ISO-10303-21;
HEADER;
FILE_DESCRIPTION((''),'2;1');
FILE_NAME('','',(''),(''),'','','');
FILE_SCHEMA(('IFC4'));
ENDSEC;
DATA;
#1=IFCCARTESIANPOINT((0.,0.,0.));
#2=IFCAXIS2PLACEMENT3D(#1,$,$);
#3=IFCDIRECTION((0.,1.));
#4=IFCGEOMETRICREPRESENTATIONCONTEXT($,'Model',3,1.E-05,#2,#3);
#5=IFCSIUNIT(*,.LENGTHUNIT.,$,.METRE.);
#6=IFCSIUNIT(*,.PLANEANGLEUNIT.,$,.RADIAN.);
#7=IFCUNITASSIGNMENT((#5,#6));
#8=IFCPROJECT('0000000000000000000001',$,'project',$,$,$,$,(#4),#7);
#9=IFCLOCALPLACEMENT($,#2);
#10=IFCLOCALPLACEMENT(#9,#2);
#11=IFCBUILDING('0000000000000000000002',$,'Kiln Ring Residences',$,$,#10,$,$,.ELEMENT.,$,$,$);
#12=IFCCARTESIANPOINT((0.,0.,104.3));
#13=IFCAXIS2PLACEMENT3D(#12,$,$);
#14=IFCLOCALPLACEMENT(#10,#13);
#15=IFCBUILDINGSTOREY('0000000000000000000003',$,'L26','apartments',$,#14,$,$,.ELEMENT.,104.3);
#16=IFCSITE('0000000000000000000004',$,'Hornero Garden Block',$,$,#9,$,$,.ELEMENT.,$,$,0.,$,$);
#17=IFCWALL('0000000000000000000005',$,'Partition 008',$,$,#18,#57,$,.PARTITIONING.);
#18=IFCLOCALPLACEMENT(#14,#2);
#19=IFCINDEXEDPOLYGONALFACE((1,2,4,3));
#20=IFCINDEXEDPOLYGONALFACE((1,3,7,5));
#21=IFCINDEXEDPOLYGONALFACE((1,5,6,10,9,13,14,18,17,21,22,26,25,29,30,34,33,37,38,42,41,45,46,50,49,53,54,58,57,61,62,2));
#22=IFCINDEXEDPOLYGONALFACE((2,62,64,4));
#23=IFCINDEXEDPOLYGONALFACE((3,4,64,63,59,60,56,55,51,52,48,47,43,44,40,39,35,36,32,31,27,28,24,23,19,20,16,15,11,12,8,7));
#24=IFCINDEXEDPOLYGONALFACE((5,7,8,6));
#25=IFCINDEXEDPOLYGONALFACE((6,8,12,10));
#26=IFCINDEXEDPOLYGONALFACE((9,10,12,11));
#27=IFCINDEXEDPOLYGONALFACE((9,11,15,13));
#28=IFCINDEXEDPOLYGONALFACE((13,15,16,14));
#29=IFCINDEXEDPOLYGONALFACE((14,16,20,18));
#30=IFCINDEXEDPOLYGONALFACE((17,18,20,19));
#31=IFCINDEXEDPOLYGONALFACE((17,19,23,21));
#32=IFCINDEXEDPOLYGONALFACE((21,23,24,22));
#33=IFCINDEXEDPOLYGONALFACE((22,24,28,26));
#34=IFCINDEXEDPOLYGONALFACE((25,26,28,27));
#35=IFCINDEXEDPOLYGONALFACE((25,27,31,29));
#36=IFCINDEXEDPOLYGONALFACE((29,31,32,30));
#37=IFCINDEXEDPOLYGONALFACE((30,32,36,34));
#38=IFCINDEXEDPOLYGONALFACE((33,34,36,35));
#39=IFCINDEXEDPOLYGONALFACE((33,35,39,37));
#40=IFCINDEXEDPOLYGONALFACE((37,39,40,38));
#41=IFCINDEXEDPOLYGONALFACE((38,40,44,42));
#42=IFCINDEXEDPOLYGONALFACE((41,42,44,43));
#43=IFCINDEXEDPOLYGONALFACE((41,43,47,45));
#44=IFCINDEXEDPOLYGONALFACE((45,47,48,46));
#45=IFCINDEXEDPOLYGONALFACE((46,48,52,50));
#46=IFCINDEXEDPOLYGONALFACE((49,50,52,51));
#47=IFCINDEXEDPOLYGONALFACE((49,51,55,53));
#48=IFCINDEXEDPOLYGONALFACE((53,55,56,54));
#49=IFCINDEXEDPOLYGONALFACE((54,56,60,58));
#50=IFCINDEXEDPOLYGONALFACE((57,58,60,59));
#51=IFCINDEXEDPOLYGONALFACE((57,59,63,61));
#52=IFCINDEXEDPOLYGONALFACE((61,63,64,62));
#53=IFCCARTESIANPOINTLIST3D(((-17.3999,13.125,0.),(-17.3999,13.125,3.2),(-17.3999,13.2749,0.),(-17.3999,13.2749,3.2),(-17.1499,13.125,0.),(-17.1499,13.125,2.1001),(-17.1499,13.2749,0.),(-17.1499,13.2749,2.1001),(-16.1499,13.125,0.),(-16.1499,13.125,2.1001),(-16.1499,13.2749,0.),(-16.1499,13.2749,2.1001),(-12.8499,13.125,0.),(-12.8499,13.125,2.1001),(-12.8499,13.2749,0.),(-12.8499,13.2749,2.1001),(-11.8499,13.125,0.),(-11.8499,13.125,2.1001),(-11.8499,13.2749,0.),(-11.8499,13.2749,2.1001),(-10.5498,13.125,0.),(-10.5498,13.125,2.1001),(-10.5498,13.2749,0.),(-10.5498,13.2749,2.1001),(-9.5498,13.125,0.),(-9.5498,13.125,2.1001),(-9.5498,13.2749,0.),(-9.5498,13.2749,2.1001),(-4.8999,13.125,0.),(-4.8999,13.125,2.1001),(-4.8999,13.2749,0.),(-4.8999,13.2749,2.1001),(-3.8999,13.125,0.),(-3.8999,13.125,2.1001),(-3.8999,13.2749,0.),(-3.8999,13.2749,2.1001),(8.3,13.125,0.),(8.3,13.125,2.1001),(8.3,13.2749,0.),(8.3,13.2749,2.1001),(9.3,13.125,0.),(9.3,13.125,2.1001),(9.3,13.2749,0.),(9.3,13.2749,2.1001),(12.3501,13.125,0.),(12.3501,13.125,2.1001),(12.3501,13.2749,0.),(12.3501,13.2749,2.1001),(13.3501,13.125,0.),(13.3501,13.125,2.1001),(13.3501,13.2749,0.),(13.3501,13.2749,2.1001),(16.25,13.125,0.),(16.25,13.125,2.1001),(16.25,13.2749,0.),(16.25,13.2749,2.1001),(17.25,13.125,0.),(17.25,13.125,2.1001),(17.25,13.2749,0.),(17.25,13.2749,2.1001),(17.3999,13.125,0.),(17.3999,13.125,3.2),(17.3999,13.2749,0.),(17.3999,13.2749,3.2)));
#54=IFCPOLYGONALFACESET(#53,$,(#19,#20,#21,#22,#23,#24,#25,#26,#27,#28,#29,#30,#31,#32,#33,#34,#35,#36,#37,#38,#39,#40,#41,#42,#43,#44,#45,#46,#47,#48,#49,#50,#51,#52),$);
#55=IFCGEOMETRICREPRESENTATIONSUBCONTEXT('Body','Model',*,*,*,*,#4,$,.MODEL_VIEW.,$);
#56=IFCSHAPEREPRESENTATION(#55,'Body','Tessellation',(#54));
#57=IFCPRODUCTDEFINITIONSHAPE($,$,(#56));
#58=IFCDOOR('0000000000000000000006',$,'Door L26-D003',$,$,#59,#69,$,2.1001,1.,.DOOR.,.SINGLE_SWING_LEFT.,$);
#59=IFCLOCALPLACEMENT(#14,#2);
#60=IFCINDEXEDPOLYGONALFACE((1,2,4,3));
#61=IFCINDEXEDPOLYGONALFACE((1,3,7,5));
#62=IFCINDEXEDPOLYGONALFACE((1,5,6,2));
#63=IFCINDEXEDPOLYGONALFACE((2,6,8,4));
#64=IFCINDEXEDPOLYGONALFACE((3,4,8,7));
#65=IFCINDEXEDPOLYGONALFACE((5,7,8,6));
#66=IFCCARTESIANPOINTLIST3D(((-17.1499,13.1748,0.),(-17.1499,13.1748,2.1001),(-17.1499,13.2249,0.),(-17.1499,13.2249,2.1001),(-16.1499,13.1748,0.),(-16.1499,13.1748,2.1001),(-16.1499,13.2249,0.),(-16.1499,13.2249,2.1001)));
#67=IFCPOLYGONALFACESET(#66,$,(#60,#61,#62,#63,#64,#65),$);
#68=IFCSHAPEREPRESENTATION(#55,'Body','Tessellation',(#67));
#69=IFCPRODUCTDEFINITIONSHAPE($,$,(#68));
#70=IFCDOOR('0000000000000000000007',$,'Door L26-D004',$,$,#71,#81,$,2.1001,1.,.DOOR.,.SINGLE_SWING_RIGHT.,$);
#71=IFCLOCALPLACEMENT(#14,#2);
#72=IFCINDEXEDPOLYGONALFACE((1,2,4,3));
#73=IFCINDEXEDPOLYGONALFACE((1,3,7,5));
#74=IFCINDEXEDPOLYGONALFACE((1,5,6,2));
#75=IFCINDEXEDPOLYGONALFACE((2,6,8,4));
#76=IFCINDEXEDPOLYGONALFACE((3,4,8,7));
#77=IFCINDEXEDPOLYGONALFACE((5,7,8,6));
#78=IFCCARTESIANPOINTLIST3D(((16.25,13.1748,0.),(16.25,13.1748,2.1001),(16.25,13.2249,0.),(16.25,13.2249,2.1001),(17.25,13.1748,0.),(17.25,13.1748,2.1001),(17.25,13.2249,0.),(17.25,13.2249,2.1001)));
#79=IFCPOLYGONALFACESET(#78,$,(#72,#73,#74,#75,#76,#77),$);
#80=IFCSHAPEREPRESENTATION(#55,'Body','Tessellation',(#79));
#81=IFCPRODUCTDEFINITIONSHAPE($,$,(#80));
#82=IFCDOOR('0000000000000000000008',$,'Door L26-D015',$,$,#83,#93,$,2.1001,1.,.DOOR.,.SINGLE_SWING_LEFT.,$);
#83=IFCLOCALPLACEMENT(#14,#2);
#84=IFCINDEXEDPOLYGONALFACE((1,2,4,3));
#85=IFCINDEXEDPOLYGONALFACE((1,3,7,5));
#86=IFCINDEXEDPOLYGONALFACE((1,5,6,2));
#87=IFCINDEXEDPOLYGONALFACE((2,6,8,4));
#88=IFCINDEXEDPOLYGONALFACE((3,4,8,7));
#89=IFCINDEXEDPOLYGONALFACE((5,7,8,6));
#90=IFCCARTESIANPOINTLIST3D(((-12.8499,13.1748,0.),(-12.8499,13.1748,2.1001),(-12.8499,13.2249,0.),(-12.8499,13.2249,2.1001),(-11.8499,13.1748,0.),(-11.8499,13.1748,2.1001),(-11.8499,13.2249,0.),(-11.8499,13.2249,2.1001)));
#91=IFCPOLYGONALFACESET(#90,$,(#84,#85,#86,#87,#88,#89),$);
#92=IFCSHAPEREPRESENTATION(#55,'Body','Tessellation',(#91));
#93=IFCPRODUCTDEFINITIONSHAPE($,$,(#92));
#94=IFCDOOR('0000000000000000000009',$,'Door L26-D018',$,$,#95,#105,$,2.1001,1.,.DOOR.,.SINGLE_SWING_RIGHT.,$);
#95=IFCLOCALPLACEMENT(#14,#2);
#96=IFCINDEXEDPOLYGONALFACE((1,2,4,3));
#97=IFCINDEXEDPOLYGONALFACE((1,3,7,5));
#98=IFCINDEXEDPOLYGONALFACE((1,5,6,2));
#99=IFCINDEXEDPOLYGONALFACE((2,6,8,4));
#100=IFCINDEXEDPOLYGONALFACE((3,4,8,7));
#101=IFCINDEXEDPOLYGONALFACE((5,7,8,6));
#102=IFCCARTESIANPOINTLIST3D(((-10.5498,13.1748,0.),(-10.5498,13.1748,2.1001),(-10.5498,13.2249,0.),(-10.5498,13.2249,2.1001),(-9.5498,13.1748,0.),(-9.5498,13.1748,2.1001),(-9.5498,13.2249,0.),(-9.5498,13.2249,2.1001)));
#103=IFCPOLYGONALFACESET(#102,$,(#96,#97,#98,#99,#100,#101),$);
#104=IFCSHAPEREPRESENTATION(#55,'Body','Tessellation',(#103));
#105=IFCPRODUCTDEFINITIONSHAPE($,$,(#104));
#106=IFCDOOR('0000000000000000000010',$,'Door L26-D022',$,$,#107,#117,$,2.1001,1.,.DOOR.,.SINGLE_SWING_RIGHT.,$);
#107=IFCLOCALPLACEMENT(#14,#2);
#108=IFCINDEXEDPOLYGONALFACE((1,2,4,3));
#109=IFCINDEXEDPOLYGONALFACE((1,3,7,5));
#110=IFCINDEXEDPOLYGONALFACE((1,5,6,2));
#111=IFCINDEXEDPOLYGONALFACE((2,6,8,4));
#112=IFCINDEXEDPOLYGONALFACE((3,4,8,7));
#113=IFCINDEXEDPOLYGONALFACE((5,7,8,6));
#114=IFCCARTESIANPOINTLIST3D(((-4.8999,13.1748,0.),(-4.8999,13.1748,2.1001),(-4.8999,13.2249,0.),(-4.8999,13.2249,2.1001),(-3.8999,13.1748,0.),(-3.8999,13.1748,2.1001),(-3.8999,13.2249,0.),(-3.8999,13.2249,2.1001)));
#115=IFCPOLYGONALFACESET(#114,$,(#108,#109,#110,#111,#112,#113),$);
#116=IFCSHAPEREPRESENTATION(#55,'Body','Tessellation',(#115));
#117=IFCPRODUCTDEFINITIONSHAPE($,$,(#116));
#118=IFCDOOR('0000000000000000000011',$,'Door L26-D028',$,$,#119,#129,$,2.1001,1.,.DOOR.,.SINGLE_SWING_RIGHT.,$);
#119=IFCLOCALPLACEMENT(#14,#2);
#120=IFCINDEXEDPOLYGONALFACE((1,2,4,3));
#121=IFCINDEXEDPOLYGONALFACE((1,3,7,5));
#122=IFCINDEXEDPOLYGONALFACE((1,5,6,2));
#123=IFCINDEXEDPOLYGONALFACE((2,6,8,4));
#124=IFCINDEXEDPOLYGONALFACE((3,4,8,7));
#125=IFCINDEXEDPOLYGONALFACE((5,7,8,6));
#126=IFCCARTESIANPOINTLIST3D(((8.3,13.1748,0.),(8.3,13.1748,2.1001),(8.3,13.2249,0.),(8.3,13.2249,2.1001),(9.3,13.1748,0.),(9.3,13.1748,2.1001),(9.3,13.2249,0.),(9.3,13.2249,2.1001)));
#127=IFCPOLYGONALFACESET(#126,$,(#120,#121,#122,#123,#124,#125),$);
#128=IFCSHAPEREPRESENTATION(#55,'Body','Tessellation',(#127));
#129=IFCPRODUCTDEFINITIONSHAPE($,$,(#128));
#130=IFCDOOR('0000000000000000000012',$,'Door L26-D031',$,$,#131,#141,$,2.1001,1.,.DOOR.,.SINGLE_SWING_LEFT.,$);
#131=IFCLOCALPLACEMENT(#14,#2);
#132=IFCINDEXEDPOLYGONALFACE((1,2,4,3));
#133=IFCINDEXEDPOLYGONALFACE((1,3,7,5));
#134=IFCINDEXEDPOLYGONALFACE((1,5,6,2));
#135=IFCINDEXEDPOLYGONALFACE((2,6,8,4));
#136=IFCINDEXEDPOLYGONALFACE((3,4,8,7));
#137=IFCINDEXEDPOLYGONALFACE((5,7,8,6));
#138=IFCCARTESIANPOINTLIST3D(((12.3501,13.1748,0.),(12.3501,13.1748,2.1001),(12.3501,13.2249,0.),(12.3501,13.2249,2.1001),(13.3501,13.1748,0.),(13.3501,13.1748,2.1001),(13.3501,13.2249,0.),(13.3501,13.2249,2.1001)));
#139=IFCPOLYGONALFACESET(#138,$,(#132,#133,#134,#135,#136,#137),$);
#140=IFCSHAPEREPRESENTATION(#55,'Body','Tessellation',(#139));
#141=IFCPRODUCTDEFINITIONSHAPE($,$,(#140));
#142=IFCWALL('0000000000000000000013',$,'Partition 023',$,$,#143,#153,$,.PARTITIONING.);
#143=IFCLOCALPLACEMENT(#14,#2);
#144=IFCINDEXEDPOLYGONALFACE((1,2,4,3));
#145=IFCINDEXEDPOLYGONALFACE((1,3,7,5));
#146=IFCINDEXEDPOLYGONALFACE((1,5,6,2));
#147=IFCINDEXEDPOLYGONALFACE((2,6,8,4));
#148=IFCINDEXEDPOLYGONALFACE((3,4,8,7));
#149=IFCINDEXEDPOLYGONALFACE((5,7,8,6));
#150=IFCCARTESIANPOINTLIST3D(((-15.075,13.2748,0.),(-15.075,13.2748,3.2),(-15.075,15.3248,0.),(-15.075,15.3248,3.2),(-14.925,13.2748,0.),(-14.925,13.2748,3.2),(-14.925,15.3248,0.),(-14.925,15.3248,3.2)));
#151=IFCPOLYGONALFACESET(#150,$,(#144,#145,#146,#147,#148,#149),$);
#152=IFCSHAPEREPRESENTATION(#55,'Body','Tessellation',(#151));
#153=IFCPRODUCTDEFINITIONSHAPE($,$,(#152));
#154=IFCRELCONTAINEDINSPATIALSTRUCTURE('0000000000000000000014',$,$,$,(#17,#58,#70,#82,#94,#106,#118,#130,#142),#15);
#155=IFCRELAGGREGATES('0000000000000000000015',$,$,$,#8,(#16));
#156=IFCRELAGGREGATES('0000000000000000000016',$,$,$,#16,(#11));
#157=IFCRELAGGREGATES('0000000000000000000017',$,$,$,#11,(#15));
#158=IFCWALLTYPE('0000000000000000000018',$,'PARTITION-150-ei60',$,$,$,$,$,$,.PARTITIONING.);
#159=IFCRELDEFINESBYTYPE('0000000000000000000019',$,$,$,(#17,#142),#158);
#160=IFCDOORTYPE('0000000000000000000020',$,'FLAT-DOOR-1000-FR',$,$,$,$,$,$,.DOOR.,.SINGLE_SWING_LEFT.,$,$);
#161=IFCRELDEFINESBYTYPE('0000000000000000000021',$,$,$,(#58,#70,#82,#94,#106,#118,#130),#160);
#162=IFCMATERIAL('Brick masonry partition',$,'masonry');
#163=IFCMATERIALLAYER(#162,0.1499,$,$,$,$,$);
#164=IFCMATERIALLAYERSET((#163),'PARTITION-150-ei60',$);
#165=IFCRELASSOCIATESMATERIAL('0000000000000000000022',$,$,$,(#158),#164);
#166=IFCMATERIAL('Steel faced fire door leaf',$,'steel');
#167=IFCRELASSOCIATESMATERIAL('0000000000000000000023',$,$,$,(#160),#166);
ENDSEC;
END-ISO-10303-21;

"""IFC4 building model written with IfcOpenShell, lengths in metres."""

from ifc_helpers import new_model, si_unit, direction, frame, frame_2d, origin, place, context, subcontext, project, spatial, rectangle, extrude, material, layer, layer_set, type_object, element, fill, save


model = new_model("IFC4")

# Units and contexts
model_context = context("Model", 3, precision=1e-05, world=origin(), true_north=direction((0.0, 1.0)))
body_context = subcontext(model_context, "Body", "Model", "MODEL_VIEW")
ifc_project = project(units=[si_unit("LENGTHUNIT", "METRE"), si_unit("PLANEANGLEUNIT", "RADIAN")], contexts=[model_context])

# Site, building, storey
site_placement = place(None, origin())
site = spatial("IfcSite", under=ifc_project, at=site_placement, Name="Hornero Garden Block", CompositionType="ELEMENT", RefElevation=0.0)
building_placement = place(site_placement, origin())
building = spatial("IfcBuilding", under=site, at=building_placement, Name="Kiln Ring Residences", CompositionType="ELEMENT")
storey_placement = place(building_placement, frame((0.0, 0.0, 104.3)))
storey = spatial("IfcBuildingStorey", under=building, at=storey_placement, Name="L26", Description="apartments", CompositionType="ELEMENT", Elevation=104.3)

# Wall, openings, doors
ifc_material_1 = material(Name="Brick masonry partition", Category="masonry")
ifc_layer_1 = layer(ifc_material_1, 0.1499)
ifc_layer_set_1 = layer_set([ifc_layer_1], Name="PARTITION-150-ei60")
wall_type_1 = type_object("IfcWallType", Name="PARTITION-150-ei60", PredefinedType="PARTITIONING", material=ifc_layer_set_1)
ifc_material_2 = material(Name="Steel faced fire door leaf", Category="steel")
door_type = type_object("IfcDoorType", Name="FLAT-DOOR-1000-FR", OperationType="SINGLE_SWING_LEFT", PredefinedType="DOOR", material=ifc_material_2)
wall_1_placement = place(storey_placement, frame((-17.3999, 13.2, 0.0), z_axis=(0.0, 0.0, 1.0), x_axis=(1.0, 0.0, 0.0)))
wall_1 = element("IfcWall", 1, at=wall_1_placement, inside=storey, type_object=wall_type_1, Name="Partition 008", PredefinedType="PARTITIONING", context=body_context, shape_type="SweptSolid", body=[
    extrude(rectangle(XDim=34.7998, YDim=0.1499, at=frame_2d((17.3999, 0.0))), origin(), (0.0, 0.0, 1.0), 3.2),
])
opening_1_placement = place(wall_1_placement, frame((0.25, 0.0, 0.0)))
opening_1 = element("IfcOpeningElement", 2, at=opening_1_placement, cuts=wall_1, PredefinedType="OPENING", context=body_context, shape_type="SweptSolid", body=[
    extrude(rectangle(XDim=1.0, YDim=2.1001, at=frame_2d((0.5, 1.05))), frame((0.0, 0.085, 0.0), z_axis=(0.0, -1.0, 0.0), x_axis=(1.0, 0.0, 0.0)), (0.0, 0.0, 1.0), 0.1699),
])
opening_2_placement = place(wall_1_placement, frame((33.6499, 0.0, 0.0)))
opening_2 = element("IfcOpeningElement", 3, at=opening_2_placement, cuts=wall_1, PredefinedType="OPENING", context=body_context, shape_type="SweptSolid", body=[
    extrude(rectangle(XDim=1.0, YDim=2.1001, at=frame_2d((0.5, 1.05))), frame((0.0, 0.085, 0.0), z_axis=(0.0, -1.0, 0.0), x_axis=(1.0, 0.0, 0.0)), (0.0, 0.0, 1.0), 0.1699),
])
opening_3_placement = place(wall_1_placement, frame((4.55, 0.0, 0.0)))
opening_3 = element("IfcOpeningElement", 4, at=opening_3_placement, cuts=wall_1, PredefinedType="OPENING", context=body_context, shape_type="SweptSolid", body=[
    extrude(rectangle(XDim=1.0, YDim=2.1001, at=frame_2d((0.5, 1.05))), frame((0.0, 0.085, 0.0), z_axis=(0.0, -1.0, 0.0), x_axis=(1.0, 0.0, 0.0)), (0.0, 0.0, 1.0), 0.1699),
])
opening_4_placement = place(wall_1_placement, frame((6.8501, 0.0, 0.0)))
opening_4 = element("IfcOpeningElement", 5, at=opening_4_placement, cuts=wall_1, PredefinedType="OPENING", context=body_context, shape_type="SweptSolid", body=[
    extrude(rectangle(XDim=1.0, YDim=2.1001, at=frame_2d((0.5, 1.05))), frame((0.0, 0.085, 0.0), z_axis=(0.0, -1.0, 0.0), x_axis=(1.0, 0.0, 0.0)), (0.0, 0.0, 1.0), 0.1699),
])
opening_5_placement = place(wall_1_placement, frame((12.5, 0.0, 0.0)))
opening_5 = element("IfcOpeningElement", 6, at=opening_5_placement, cuts=wall_1, PredefinedType="OPENING", context=body_context, shape_type="SweptSolid", body=[
    extrude(rectangle(XDim=1.0, YDim=2.1001, at=frame_2d((0.5, 1.05))), frame((0.0, 0.085, 0.0), z_axis=(0.0, -1.0, 0.0), x_axis=(1.0, 0.0, 0.0)), (0.0, 0.0, 1.0), 0.1699),
])
opening_6_placement = place(wall_1_placement, frame((25.7, 0.0, 0.0)))
opening_6 = element("IfcOpeningElement", 7, at=opening_6_placement, cuts=wall_1, PredefinedType="OPENING", context=body_context, shape_type="SweptSolid", body=[
    extrude(rectangle(XDim=1.0, YDim=2.1001, at=frame_2d((0.5, 1.05))), frame((0.0, 0.085, 0.0), z_axis=(0.0, -1.0, 0.0), x_axis=(1.0, 0.0, 0.0)), (0.0, 0.0, 1.0), 0.1699),
])
opening_7_placement = place(wall_1_placement, frame((29.75, 0.0, 0.0)))
opening_7 = element("IfcOpeningElement", 8, at=opening_7_placement, cuts=wall_1, PredefinedType="OPENING", context=body_context, shape_type="SweptSolid", body=[
    extrude(rectangle(XDim=1.0, YDim=2.1001, at=frame_2d((0.5, 1.05))), frame((0.0, 0.085, 0.0), z_axis=(0.0, -1.0, 0.0), x_axis=(1.0, 0.0, 0.0)), (0.0, 0.0, 1.0), 0.1699),
])
door_1_placement = place(opening_1_placement, origin())
door_1 = element("IfcDoor", 9, at=door_1_placement, inside=storey, type_object=door_type, Name="Door L26-D003", OperationType="SINGLE_SWING_LEFT", OverallHeight=2.1001, OverallWidth=1.0, PredefinedType="DOOR", context=body_context, shape_type="SweptSolid", body=[
    extrude(rectangle(XDim=1.0, YDim=2.1001, at=frame_2d((0.5, 1.05))), frame((0.0, 0.0249, 0.0), z_axis=(0.0, -1.0, 0.0), x_axis=(1.0, 0.0, 0.0)), (0.0, 0.0, 1.0), 0.05),
])
fill(opening_1, door_1)
door_2_placement = place(opening_2_placement, origin())
door_2 = element("IfcDoor", 10, at=door_2_placement, inside=storey, type_object=door_type, Name="Door L26-D004", OperationType="SINGLE_SWING_RIGHT", OverallHeight=2.1001, OverallWidth=1.0, PredefinedType="DOOR", context=body_context, shape_type="SweptSolid", body=[
    extrude(rectangle(XDim=1.0, YDim=2.1001, at=frame_2d((0.5, 1.05))), frame((0.0, 0.0249, 0.0), z_axis=(0.0, -1.0, 0.0), x_axis=(1.0, 0.0, 0.0)), (0.0, 0.0, 1.0), 0.05),
])
fill(opening_2, door_2)
door_3_placement = place(opening_3_placement, origin())
door_3 = element("IfcDoor", 11, at=door_3_placement, inside=storey, type_object=door_type, Name="Door L26-D015", OperationType="SINGLE_SWING_LEFT", OverallHeight=2.1001, OverallWidth=1.0, PredefinedType="DOOR", context=body_context, shape_type="SweptSolid", body=[
    extrude(rectangle(XDim=1.0, YDim=2.1001, at=frame_2d((0.5, 1.05))), frame((0.0, 0.0249, 0.0), z_axis=(0.0, -1.0, 0.0), x_axis=(1.0, 0.0, 0.0)), (0.0, 0.0, 1.0), 0.05),
])
fill(opening_3, door_3)
door_4_placement = place(opening_4_placement, origin())
door_4 = element("IfcDoor", 12, at=door_4_placement, inside=storey, type_object=door_type, Name="Door L26-D018", OperationType="SINGLE_SWING_RIGHT", OverallHeight=2.1001, OverallWidth=1.0, PredefinedType="DOOR", context=body_context, shape_type="SweptSolid", body=[
    extrude(rectangle(XDim=1.0, YDim=2.1001, at=frame_2d((0.5, 1.05))), frame((0.0, 0.0249, 0.0), z_axis=(0.0, -1.0, 0.0), x_axis=(1.0, 0.0, 0.0)), (0.0, 0.0, 1.0), 0.05),
])
fill(opening_4, door_4)
door_5_placement = place(opening_5_placement, origin())
door_5 = element("IfcDoor", 13, at=door_5_placement, inside=storey, type_object=door_type, Name="Door L26-D022", OperationType="SINGLE_SWING_RIGHT", OverallHeight=2.1001, OverallWidth=1.0, PredefinedType="DOOR", context=body_context, shape_type="SweptSolid", body=[
    extrude(rectangle(XDim=1.0, YDim=2.1001, at=frame_2d((0.5, 1.05))), frame((0.0, 0.0249, 0.0), z_axis=(0.0, -1.0, 0.0), x_axis=(1.0, 0.0, 0.0)), (0.0, 0.0, 1.0), 0.05),
])
fill(opening_5, door_5)
door_6_placement = place(opening_6_placement, origin())
door_6 = element("IfcDoor", 14, at=door_6_placement, inside=storey, type_object=door_type, Name="Door L26-D028", OperationType="SINGLE_SWING_RIGHT", OverallHeight=2.1001, OverallWidth=1.0, PredefinedType="DOOR", context=body_context, shape_type="SweptSolid", body=[
    extrude(rectangle(XDim=1.0, YDim=2.1001, at=frame_2d((0.5, 1.05))), frame((0.0, 0.0249, 0.0), z_axis=(0.0, -1.0, 0.0), x_axis=(1.0, 0.0, 0.0)), (0.0, 0.0, 1.0), 0.05),
])
fill(opening_6, door_6)
door_7_placement = place(opening_7_placement, origin())
door_7 = element("IfcDoor", 15, at=door_7_placement, inside=storey, type_object=door_type, Name="Door L26-D031", OperationType="SINGLE_SWING_LEFT", OverallHeight=2.1001, OverallWidth=1.0, PredefinedType="DOOR", context=body_context, shape_type="SweptSolid", body=[
    extrude(rectangle(XDim=1.0, YDim=2.1001, at=frame_2d((0.5, 1.05))), frame((0.0, 0.0249, 0.0), z_axis=(0.0, -1.0, 0.0), x_axis=(1.0, 0.0, 0.0)), (0.0, 0.0, 1.0), 0.05),
])
fill(opening_7, door_7)

# Wall
wall_2_placement = place(storey_placement, frame((-15.0, 13.2749, 0.0), z_axis=(0.0, 0.0, 1.0), x_axis=(0.0, 1.0, 0.0)))
element("IfcWall", 16, at=wall_2_placement, inside=storey, type_object=wall_type_1, Name="Partition 023", PredefinedType="PARTITIONING", context=body_context, shape_type="SweptSolid", body=[
    extrude(rectangle(XDim=2.05, YDim=0.1499, at=frame_2d((1.0249, 0.0))), origin(), (0.0, 0.0, 1.0), 3.2),
])

save(model, "model.ifc")
